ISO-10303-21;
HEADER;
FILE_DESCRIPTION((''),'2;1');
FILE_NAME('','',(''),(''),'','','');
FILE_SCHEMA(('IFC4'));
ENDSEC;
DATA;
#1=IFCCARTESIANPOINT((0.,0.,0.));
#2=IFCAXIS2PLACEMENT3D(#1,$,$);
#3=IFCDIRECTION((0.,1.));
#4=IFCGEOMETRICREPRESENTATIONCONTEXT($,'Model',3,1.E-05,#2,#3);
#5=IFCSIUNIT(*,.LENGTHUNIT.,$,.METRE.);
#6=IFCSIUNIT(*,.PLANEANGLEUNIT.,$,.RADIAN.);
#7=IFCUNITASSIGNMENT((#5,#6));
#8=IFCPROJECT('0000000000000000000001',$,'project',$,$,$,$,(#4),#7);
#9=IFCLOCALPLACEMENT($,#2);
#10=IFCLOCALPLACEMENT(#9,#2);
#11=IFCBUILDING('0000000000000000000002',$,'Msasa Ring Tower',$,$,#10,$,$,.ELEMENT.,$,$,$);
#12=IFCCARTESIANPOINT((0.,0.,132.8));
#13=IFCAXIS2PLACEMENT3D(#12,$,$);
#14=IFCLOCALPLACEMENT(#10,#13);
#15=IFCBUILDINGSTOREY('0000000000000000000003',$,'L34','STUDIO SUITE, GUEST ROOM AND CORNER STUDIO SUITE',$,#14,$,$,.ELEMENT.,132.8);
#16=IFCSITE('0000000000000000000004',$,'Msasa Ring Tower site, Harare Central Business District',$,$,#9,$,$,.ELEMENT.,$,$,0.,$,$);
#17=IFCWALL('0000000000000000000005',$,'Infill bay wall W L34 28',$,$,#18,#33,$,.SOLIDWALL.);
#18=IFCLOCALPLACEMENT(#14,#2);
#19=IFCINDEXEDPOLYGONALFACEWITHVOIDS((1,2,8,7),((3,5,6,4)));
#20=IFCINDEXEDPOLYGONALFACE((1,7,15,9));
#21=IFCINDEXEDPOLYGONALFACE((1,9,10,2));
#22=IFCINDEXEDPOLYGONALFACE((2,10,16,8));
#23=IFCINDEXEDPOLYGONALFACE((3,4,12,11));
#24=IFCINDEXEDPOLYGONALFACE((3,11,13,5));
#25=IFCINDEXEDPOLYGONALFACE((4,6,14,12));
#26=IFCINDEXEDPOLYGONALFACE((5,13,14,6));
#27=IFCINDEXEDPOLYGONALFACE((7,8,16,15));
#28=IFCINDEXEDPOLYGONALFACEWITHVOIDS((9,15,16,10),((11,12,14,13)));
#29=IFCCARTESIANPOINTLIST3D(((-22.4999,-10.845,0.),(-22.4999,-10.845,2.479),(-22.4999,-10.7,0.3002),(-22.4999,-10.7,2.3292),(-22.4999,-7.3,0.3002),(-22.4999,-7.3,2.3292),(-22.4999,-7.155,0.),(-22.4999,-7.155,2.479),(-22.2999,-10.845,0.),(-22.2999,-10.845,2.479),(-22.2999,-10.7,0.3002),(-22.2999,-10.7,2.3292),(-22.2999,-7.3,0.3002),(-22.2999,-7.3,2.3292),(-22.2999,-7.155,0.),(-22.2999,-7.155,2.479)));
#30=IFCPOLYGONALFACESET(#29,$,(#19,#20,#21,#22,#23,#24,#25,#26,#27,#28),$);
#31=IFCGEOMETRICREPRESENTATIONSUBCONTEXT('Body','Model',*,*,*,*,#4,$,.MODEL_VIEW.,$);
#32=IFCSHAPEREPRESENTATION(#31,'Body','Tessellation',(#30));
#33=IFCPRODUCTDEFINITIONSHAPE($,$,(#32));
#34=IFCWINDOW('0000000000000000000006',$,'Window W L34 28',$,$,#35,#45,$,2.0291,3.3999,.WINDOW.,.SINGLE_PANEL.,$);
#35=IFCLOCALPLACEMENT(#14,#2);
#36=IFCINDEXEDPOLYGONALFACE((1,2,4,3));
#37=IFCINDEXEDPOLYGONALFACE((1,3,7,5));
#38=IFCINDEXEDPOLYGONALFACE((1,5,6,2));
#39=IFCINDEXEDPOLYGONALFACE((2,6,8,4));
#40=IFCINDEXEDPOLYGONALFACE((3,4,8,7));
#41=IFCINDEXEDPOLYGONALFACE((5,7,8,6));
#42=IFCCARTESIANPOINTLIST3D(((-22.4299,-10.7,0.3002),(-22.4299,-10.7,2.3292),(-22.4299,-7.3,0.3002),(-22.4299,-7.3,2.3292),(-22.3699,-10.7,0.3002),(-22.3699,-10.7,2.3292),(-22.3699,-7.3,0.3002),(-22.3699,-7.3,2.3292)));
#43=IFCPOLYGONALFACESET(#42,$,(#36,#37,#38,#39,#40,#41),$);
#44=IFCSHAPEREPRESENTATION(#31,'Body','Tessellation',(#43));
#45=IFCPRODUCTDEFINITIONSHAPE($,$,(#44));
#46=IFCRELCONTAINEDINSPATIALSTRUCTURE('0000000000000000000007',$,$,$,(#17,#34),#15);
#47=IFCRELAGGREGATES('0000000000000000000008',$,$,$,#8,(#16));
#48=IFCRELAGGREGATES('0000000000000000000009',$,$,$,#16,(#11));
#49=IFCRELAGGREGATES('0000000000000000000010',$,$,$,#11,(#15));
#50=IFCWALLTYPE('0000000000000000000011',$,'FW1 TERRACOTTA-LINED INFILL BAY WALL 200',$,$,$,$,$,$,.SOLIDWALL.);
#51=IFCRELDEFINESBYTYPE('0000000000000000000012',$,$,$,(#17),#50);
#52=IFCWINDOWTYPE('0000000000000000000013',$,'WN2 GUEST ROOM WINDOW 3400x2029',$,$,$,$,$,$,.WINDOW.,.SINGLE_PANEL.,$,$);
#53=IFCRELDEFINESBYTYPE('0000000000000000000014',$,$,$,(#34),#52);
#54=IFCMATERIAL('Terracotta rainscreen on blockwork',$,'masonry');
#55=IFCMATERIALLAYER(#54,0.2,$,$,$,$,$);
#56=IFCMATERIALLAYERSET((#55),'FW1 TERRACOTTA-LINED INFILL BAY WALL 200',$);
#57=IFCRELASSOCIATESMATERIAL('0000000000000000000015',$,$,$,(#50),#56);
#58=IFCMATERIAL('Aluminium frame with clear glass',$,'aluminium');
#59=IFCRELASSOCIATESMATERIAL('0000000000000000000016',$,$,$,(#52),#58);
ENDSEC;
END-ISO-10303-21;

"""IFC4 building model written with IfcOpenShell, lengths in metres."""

from ifc_helpers import new_model, si_unit, direction, frame, frame_2d, origin, place, context, subcontext, project, spatial, rectangle, extrude, material, layer, layer_set, type_object, element, fill, save


model = new_model("IFC4")

# Units and contexts
model_context = context("Model", 3, precision=1e-05, world=origin(), true_north=direction((0.0, 1.0)))
body_context = subcontext(model_context, "Body", "Model", "MODEL_VIEW")
ifc_project = project(units=[si_unit("LENGTHUNIT", "METRE"), si_unit("PLANEANGLEUNIT", "RADIAN")], contexts=[model_context])

# Site, building, storey
site_placement = place(None, origin())
site = spatial("IfcSite", under=ifc_project, at=site_placement, Name="Msasa Ring Tower site, Harare Central Business District", CompositionType="ELEMENT", RefElevation=0.0)
building_placement = place(site_placement, origin())
building = spatial("IfcBuilding", under=site, at=building_placement, Name="Msasa Ring Tower", CompositionType="ELEMENT")
storey_placement = place(building_placement, frame((0.0, 0.0, 132.8)))
storey = spatial("IfcBuildingStorey", under=building, at=storey_placement, Name="L34", Description="STUDIO SUITE, GUEST ROOM AND CORNER STUDIO SUITE", CompositionType="ELEMENT", Elevation=132.8)

# Wall, opening, window
ifc_material_1 = material(Name="Terracotta rainscreen on blockwork", Category="masonry")
ifc_layer_1 = layer(ifc_material_1, 0.2)
ifc_layer_set_1 = layer_set([ifc_layer_1], Name="FW1 TERRACOTTA-LINED INFILL BAY WALL 200")
wall_type_1 = type_object("IfcWallType", Name="FW1 TERRACOTTA-LINED INFILL BAY WALL 200", PredefinedType="SOLIDWALL", material=ifc_layer_set_1)
ifc_material_2 = material(Name="Aluminium frame with clear glass", Category="aluminium")
window_type = type_object("IfcWindowType", Name="WN2 GUEST ROOM WINDOW 3400x2029", PartitioningType="SINGLE_PANEL", PredefinedType="WINDOW", material=ifc_material_2)
wall_1_placement = place(storey_placement, frame((-22.3999, -10.845, 0.0), z_axis=(0.0, 0.0, 1.0), x_axis=(0.0, 1.0, 0.0)))
wall_1 = element("IfcWall", 1, at=wall_1_placement, inside=storey, type_object=wall_type_1, Name="Infill bay wall W L34 28", PredefinedType="SOLIDWALL", context=body_context, shape_type="SweptSolid", body=[
    extrude(rectangle(XDim=3.6899, YDim=0.2, at=frame_2d((1.845, 0.0))), origin(), (0.0, 0.0, 1.0), 2.479),
])
opening_1_placement = place(wall_1_placement, frame((0.145, 0.0, 0.3)))
opening_1 = element("IfcOpeningElement", 2, at=opening_1_placement, cuts=wall_1, PredefinedType="OPENING", context=body_context, shape_type="SweptSolid", body=[
    extrude(rectangle(XDim=3.3999, YDim=2.0291, at=frame_2d((1.7, 1.0146))), frame((0.0, 0.1099, 0.0), z_axis=(0.0, -1.0, 0.0), x_axis=(1.0, 0.0, 0.0)), (0.0, 0.0, 1.0), 0.22),
])
window_1_placement = place(opening_1_placement, origin())
window_1 = element("IfcWindow", 3, at=window_1_placement, inside=storey, type_object=window_type, Name="Window W L34 28", OverallHeight=2.0291, OverallWidth=3.3999, PartitioningType="SINGLE_PANEL", PredefinedType="WINDOW", context=body_context, shape_type="SweptSolid", body=[
    extrude(rectangle(XDim=3.3999, YDim=2.0291, at=frame_2d((1.7, 1.0146))), frame((0.0, 0.03, 0.0), z_axis=(0.0, -1.0, 0.0), x_axis=(1.0, 0.0, 0.0)), (0.0, 0.0, 1.0), 0.0601),
])
fill(opening_1, window_1)

save(model, "model.ifc")
